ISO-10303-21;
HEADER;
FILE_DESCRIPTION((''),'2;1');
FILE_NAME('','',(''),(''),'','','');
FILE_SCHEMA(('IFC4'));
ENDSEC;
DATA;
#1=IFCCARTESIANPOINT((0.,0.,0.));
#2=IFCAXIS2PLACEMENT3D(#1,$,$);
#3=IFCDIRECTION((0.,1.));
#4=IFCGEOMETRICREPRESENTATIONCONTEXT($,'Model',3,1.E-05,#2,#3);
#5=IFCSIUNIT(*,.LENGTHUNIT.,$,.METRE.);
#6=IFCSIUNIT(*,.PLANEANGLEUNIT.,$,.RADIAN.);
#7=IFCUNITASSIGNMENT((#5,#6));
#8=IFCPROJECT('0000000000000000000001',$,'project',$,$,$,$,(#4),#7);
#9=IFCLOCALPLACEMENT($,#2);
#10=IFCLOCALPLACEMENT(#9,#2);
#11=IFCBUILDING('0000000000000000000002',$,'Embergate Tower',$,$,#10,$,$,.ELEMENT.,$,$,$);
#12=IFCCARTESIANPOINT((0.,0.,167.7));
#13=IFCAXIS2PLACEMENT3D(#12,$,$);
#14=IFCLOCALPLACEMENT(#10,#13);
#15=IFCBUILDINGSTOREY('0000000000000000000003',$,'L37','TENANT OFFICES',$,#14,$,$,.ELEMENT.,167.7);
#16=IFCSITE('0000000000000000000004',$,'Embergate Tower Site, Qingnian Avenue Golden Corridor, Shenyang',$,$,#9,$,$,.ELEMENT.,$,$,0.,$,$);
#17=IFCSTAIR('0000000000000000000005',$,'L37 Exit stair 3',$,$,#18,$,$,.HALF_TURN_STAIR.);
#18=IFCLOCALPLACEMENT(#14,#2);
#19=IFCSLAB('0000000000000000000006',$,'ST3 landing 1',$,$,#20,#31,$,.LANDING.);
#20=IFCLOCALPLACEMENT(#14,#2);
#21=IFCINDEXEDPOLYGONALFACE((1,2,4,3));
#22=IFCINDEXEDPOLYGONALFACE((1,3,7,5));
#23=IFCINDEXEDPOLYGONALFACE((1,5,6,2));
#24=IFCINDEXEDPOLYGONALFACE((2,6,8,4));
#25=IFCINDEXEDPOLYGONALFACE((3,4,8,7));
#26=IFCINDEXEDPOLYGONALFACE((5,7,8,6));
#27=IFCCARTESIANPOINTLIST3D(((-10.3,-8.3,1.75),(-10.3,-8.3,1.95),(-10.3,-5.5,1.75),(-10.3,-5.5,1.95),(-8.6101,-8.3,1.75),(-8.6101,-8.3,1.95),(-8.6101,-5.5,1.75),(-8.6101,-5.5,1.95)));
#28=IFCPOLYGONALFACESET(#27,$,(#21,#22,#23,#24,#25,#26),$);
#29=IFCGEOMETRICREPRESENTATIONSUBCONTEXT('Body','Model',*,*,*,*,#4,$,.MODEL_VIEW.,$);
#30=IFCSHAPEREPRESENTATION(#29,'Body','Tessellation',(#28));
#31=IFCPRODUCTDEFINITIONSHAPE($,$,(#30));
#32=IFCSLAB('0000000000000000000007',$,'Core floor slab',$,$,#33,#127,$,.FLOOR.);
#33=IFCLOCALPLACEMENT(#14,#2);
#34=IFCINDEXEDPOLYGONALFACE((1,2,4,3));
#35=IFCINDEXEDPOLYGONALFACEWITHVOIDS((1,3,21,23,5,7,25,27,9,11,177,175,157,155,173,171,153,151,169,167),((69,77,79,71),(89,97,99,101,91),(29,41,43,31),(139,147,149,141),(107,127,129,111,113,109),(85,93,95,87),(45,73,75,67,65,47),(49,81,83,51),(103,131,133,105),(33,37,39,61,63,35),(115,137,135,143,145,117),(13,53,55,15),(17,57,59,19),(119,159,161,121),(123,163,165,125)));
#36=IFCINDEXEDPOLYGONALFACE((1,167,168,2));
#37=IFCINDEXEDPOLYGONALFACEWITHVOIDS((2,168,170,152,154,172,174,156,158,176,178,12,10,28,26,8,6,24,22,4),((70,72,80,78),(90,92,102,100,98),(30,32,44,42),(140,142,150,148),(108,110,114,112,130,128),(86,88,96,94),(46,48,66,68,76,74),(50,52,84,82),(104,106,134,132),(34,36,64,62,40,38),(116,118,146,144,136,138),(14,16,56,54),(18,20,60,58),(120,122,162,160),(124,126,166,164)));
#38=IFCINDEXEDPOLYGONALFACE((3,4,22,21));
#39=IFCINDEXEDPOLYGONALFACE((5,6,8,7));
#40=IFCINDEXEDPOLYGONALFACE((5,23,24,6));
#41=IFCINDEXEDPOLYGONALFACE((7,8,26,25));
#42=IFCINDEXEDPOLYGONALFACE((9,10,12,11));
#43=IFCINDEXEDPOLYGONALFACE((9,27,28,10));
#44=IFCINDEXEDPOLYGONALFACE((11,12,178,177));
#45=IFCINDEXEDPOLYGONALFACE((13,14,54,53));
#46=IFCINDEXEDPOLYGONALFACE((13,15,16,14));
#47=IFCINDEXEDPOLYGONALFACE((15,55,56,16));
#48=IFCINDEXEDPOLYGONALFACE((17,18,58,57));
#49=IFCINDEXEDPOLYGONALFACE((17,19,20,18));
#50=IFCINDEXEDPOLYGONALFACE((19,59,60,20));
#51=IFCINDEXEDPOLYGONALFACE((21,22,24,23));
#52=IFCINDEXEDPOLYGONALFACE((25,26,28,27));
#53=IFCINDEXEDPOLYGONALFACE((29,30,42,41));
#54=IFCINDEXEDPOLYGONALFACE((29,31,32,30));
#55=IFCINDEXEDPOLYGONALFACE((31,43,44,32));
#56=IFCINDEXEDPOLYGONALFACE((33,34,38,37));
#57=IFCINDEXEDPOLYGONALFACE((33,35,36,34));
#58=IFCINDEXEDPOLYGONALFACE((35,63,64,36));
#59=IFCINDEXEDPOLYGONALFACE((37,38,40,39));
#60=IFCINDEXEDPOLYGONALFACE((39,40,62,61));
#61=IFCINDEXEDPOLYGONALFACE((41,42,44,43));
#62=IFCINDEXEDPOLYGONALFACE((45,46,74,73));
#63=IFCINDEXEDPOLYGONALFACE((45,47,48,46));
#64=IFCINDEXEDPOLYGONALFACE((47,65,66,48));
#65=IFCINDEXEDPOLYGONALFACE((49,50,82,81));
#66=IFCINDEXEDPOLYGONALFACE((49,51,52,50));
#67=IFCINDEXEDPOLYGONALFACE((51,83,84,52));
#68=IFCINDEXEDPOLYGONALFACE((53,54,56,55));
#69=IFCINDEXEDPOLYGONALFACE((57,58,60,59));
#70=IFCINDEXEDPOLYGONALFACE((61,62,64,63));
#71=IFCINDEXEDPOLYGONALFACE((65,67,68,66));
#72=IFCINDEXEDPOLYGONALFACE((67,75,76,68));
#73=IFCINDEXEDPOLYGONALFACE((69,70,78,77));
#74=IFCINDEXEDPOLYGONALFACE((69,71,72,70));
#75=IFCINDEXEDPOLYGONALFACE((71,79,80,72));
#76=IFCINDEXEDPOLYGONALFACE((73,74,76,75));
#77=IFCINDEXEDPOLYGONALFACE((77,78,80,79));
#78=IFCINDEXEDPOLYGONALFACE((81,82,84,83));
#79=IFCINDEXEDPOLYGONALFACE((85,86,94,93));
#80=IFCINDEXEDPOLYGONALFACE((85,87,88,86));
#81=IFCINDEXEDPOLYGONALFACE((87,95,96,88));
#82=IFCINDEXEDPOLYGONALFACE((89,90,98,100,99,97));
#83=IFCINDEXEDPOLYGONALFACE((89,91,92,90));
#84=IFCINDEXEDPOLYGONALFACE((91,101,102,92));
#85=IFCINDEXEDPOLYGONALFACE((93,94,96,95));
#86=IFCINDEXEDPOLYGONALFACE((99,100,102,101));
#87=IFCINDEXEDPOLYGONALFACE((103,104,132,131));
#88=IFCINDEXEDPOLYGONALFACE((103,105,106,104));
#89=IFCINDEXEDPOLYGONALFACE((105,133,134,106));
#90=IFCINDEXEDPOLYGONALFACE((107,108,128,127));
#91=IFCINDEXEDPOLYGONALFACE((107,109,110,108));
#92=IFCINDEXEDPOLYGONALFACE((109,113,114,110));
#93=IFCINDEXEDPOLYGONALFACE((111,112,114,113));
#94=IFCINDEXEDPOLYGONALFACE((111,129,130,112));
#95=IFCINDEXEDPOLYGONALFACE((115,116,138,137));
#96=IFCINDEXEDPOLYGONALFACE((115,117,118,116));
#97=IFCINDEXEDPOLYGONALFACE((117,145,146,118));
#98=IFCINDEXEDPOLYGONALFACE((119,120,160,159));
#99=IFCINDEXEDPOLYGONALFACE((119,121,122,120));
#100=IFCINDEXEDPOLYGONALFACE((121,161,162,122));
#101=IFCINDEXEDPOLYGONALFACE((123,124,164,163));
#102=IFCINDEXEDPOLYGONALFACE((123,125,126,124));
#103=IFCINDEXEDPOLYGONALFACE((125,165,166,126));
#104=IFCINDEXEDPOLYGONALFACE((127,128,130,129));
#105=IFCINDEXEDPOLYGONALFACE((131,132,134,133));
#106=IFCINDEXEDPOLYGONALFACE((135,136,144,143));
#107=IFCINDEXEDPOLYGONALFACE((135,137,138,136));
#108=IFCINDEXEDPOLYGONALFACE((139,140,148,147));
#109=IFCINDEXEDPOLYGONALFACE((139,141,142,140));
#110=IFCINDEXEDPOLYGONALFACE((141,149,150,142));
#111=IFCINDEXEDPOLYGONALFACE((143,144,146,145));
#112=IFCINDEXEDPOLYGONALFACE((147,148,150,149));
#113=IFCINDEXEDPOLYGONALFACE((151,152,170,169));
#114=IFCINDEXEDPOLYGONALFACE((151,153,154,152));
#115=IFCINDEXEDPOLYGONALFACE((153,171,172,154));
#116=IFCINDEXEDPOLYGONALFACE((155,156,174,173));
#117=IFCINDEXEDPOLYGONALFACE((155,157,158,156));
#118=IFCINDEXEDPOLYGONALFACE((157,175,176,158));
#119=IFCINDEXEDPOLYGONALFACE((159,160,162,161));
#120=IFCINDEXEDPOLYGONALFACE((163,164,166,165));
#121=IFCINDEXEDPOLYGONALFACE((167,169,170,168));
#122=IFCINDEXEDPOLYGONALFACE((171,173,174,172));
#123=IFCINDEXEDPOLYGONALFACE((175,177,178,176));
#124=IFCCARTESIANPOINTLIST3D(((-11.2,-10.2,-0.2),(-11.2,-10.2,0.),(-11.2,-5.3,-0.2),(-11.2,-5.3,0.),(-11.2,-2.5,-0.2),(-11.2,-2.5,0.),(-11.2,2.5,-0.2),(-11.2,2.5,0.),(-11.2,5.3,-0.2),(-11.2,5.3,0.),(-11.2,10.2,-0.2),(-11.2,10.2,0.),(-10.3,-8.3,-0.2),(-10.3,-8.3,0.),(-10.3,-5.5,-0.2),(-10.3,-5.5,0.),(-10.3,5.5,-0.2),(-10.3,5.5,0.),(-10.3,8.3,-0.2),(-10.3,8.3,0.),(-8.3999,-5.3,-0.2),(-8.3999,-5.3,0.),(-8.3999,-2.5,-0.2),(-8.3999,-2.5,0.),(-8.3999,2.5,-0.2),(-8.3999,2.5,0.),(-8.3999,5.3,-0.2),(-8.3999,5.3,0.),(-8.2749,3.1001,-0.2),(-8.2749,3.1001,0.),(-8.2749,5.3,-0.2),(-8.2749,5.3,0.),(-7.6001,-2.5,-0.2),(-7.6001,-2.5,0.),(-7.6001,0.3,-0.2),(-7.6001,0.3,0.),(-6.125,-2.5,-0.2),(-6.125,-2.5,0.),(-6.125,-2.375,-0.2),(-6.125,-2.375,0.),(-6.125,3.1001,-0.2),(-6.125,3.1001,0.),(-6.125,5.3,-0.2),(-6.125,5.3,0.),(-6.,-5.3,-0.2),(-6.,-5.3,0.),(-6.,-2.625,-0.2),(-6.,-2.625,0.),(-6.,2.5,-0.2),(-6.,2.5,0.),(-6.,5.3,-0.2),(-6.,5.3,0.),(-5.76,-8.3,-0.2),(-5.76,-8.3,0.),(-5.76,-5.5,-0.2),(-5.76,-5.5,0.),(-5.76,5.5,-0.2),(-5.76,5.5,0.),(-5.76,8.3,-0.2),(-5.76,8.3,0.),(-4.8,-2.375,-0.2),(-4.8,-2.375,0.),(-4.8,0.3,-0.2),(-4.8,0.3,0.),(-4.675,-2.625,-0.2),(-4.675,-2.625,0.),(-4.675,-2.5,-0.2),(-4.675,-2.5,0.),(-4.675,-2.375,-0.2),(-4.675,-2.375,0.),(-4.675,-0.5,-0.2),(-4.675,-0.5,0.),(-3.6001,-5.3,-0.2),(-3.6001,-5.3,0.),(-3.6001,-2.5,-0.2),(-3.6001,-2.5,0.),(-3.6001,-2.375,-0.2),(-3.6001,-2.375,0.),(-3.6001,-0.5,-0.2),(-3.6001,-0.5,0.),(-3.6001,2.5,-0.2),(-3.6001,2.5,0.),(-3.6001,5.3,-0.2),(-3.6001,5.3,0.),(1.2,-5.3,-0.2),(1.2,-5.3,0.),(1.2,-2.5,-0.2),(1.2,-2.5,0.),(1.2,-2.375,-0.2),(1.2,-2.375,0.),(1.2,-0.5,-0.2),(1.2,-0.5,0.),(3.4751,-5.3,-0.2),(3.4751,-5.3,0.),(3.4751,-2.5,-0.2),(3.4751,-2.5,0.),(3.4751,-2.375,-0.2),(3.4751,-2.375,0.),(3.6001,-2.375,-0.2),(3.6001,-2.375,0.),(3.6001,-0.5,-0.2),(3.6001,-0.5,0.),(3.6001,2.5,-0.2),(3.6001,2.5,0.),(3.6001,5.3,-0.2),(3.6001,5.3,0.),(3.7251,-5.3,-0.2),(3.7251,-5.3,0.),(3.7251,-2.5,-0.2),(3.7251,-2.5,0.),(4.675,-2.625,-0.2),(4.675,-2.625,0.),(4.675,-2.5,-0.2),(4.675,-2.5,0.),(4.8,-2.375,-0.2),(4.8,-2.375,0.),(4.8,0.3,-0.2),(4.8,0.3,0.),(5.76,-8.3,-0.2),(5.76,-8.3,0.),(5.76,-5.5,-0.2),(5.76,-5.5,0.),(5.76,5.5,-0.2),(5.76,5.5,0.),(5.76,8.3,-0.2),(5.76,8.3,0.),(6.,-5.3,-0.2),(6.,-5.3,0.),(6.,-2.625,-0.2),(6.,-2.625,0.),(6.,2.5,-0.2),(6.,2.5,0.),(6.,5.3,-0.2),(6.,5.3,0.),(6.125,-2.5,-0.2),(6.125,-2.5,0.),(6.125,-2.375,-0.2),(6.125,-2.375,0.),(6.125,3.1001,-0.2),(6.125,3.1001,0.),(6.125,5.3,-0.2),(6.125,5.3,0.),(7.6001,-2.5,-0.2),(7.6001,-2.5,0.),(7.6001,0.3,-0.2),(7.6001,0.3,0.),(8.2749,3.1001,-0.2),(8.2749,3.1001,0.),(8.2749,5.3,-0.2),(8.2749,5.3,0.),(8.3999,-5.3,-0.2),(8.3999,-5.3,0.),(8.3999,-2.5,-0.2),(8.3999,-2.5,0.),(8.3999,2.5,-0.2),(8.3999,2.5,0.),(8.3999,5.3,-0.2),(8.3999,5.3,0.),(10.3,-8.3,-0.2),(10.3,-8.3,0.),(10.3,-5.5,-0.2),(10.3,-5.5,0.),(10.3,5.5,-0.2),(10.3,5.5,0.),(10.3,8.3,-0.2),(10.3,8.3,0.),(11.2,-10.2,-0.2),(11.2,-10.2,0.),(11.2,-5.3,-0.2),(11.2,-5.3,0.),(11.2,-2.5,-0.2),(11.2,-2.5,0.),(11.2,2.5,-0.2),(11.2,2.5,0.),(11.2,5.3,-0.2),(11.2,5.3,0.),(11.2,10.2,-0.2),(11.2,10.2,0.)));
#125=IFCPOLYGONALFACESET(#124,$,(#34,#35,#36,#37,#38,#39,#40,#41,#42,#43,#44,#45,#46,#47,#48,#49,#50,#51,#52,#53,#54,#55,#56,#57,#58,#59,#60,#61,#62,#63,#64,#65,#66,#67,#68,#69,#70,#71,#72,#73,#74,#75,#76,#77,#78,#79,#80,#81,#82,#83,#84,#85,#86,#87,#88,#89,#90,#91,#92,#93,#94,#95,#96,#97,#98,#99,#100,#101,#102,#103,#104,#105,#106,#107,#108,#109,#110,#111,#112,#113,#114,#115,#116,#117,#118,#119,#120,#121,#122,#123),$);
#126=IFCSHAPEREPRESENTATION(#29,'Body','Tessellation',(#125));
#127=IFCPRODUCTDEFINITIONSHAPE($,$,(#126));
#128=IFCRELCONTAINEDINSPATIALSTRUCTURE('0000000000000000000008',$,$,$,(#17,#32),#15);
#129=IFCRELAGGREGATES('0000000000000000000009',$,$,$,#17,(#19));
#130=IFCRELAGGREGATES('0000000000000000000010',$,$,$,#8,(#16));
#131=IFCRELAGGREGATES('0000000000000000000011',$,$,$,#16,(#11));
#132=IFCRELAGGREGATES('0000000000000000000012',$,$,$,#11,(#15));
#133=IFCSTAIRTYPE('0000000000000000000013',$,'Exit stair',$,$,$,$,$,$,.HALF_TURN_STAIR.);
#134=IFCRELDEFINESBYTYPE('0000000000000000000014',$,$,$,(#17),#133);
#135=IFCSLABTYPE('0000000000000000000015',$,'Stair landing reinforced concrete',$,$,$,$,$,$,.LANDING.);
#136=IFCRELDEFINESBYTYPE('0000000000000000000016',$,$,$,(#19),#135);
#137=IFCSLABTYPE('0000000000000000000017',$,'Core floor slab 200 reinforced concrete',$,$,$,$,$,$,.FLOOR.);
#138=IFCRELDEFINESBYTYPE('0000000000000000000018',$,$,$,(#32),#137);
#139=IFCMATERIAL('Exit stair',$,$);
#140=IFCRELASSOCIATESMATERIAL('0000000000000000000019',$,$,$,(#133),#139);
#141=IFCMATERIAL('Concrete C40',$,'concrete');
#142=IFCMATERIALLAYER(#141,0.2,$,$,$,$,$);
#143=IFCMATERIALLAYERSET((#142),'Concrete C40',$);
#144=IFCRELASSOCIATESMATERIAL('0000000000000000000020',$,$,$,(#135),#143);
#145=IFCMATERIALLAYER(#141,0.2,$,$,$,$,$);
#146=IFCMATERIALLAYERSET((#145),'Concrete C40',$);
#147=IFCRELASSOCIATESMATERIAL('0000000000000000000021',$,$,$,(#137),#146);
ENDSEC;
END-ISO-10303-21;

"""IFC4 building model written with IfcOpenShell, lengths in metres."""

from ifc_helpers import new_model, si_unit, direction, frame, origin, place, context, subcontext, project, spatial, polyline, outline, extrude, source, transform, mapped, material, layer, layer_set, type_object, element, aggregate, save


model = new_model("IFC4")

# Units and contexts
model_context = context("Model", 3, precision=1e-05, world=origin(), true_north=direction((0.0, 1.0)))
body_context = subcontext(model_context, "Body", "Model", "MODEL_VIEW")
ifc_project = project(units=[si_unit("LENGTHUNIT", "METRE"), si_unit("PLANEANGLEUNIT", "RADIAN")], contexts=[model_context])

# Site, building, storey
site_placement = place(None, origin())
site = spatial("IfcSite", under=ifc_project, at=site_placement, Name="Embergate Tower Site, Qingnian Avenue Golden Corridor, Shenyang", CompositionType="ELEMENT", RefElevation=0.0)
building_placement = place(site_placement, origin())
building = spatial("IfcBuilding", under=site, at=building_placement, Name="Embergate Tower", CompositionType="ELEMENT")
storey_placement = place(building_placement, frame((0.0, 0.0, 167.7)))
storey = spatial("IfcBuildingStorey", under=building, at=storey_placement, Name="L37", Description="TENANT OFFICES", CompositionType="ELEMENT", Elevation=167.7)

# Stair, slab
ifc_material_1 = material(Name="Exit stair")
stair_type = type_object("IfcStairType", Name="Exit stair", PredefinedType="HALF_TURN_STAIR", material=ifc_material_1)
stair_placement = place(storey_placement, origin())
stair = element("IfcStair", 1, at=stair_placement, inside=storey, type_object=stair_type, Name="L37 Exit stair 3", PredefinedType="HALF_TURN_STAIR")
ifc_material_2 = material(Name="Concrete C40", Category="concrete")
ifc_layer_1 = layer(ifc_material_2, 0.2)
ifc_layer_set_1 = layer_set([ifc_layer_1], Name="Concrete C40")
slab_type_1 = type_object("IfcSlabType", Name="Stair landing reinforced concrete", PredefinedType="LANDING", material=ifc_layer_set_1)
shared_shape_1 = source(origin(), body_context, "Body", "SweptSolid", [
    extrude(outline(polyline([(0.0, 0.0), (1.6899, 0.0), (1.6899, 2.8), (0.0, 2.8), (0.0, 0.0)])), origin(), (0.0, 0.0, 1.0), 0.2),
])
slab_1_placement = place(storey_placement, frame((-10.3, -8.3, 1.75)))
slab_1 = element("IfcSlab", 2, at=slab_1_placement, type_object=slab_type_1, Name="ST3 landing 1", PredefinedType="LANDING", context=body_context, shape_type="MappedRepresentation", body=[
    mapped(shared_shape_1, transform((0.0, 0.0, 0.0))),
])

# Slab
ifc_layer_2 = layer(ifc_material_2, 0.2)
ifc_layer_set_2 = layer_set([ifc_layer_2], Name="Concrete C40")
slab_type_2 = type_object("IfcSlabType", Name="Core floor slab 200 reinforced concrete", PredefinedType="FLOOR", material=ifc_layer_set_2)
shared_shape_2 = source(origin(), body_context, "Body", "SweptSolid", [
    extrude(outline(polyline([(0.0, 0.0), (22.3999, 0.0), (22.3999, 4.8999), (19.5999, 4.8999), (19.5999, 7.7), (22.3999, 7.7), (22.3999, 12.7), (19.5999, 12.7), (19.5999, 15.5), (22.3999, 15.5), (22.3999, 20.3999), (0.0, 20.3999), (0.0, 15.5), (2.8, 15.5), (2.8, 12.7), (0.0, 12.7), (0.0, 7.7), (2.8, 7.7), (2.8, 4.8999), (0.0, 4.8999), (0.0, 0.0)]), holes=[polyline([(0.8999, 1.8999), (0.8999, 4.7), (5.4399, 4.7), (5.4399, 1.8999), (0.8999, 1.8999)]), polyline([(16.96, 1.8999), (16.96, 4.7), (21.5, 4.7), (21.5, 1.8999), (16.96, 1.8999)]), polyline([(5.2, 4.8999), (5.2, 7.575), (6.5249, 7.575), (6.5249, 7.7), (7.5999, 7.7), (7.5999, 4.8999), (5.2, 4.8999)]), polyline([(12.3999, 4.8999), (12.3999, 7.7), (14.675, 7.7), (14.675, 4.8999), (12.3999, 4.8999)]), polyline([(14.925, 4.8999), (14.925, 7.7), (15.875, 7.7), (15.875, 7.575), (17.2, 7.575), (17.2, 4.8999), (14.925, 4.8999)]), polyline([(3.5999, 7.7), (3.5999, 10.5), (6.3999, 10.5), (6.3999, 7.825), (5.075, 7.825), (5.075, 7.7), (3.5999, 7.7)]), polyline([(17.325, 7.7), (17.325, 7.825), (16.0, 7.825), (16.0, 10.5), (18.8, 10.5), (18.8, 7.7), (17.325, 7.7)]), polyline([(6.5249, 7.825), (6.5249, 9.7), (7.5999, 9.7), (7.5999, 7.825), (6.5249, 7.825)]), polyline([(12.3999, 7.825), (12.3999, 9.7), (14.8, 9.7), (14.8, 7.825), (14.675, 7.825), (12.3999, 7.825)]), polyline([(5.2, 12.7), (5.2, 15.5), (7.5999, 15.5), (7.5999, 12.7), (5.2, 12.7)]), polyline([(14.8, 12.7), (14.8, 15.5), (17.2, 15.5), (17.2, 12.7), (14.8, 12.7)]), polyline([(2.925, 13.3), (2.925, 15.5), (5.075, 15.5), (5.075, 13.3), (2.925, 13.3)]), polyline([(17.325, 13.3), (17.325, 15.5), (19.4749, 15.5), (19.4749, 13.3), (17.325, 13.3)]), polyline([(0.8999, 15.7), (0.8999, 18.5), (5.4399, 18.5), (5.4399, 15.7), (0.8999, 15.7)]), polyline([(16.96, 15.7), (16.96, 18.5), (21.5, 18.5), (21.5, 15.7), (16.96, 15.7)])]), origin(), (0.0, 0.0, 1.0), 0.2),
])
slab_2_placement = place(storey_placement, frame((-11.2, -10.2, -0.2)))
element("IfcSlab", 3, at=slab_2_placement, inside=storey, type_object=slab_type_2, Name="Core floor slab", PredefinedType="FLOOR", context=body_context, shape_type="MappedRepresentation", body=[
    mapped(shared_shape_2, transform((0.0, 0.0, 0.0))),
])

aggregate(stair, [slab_1])

save(model, "model.ifc")
